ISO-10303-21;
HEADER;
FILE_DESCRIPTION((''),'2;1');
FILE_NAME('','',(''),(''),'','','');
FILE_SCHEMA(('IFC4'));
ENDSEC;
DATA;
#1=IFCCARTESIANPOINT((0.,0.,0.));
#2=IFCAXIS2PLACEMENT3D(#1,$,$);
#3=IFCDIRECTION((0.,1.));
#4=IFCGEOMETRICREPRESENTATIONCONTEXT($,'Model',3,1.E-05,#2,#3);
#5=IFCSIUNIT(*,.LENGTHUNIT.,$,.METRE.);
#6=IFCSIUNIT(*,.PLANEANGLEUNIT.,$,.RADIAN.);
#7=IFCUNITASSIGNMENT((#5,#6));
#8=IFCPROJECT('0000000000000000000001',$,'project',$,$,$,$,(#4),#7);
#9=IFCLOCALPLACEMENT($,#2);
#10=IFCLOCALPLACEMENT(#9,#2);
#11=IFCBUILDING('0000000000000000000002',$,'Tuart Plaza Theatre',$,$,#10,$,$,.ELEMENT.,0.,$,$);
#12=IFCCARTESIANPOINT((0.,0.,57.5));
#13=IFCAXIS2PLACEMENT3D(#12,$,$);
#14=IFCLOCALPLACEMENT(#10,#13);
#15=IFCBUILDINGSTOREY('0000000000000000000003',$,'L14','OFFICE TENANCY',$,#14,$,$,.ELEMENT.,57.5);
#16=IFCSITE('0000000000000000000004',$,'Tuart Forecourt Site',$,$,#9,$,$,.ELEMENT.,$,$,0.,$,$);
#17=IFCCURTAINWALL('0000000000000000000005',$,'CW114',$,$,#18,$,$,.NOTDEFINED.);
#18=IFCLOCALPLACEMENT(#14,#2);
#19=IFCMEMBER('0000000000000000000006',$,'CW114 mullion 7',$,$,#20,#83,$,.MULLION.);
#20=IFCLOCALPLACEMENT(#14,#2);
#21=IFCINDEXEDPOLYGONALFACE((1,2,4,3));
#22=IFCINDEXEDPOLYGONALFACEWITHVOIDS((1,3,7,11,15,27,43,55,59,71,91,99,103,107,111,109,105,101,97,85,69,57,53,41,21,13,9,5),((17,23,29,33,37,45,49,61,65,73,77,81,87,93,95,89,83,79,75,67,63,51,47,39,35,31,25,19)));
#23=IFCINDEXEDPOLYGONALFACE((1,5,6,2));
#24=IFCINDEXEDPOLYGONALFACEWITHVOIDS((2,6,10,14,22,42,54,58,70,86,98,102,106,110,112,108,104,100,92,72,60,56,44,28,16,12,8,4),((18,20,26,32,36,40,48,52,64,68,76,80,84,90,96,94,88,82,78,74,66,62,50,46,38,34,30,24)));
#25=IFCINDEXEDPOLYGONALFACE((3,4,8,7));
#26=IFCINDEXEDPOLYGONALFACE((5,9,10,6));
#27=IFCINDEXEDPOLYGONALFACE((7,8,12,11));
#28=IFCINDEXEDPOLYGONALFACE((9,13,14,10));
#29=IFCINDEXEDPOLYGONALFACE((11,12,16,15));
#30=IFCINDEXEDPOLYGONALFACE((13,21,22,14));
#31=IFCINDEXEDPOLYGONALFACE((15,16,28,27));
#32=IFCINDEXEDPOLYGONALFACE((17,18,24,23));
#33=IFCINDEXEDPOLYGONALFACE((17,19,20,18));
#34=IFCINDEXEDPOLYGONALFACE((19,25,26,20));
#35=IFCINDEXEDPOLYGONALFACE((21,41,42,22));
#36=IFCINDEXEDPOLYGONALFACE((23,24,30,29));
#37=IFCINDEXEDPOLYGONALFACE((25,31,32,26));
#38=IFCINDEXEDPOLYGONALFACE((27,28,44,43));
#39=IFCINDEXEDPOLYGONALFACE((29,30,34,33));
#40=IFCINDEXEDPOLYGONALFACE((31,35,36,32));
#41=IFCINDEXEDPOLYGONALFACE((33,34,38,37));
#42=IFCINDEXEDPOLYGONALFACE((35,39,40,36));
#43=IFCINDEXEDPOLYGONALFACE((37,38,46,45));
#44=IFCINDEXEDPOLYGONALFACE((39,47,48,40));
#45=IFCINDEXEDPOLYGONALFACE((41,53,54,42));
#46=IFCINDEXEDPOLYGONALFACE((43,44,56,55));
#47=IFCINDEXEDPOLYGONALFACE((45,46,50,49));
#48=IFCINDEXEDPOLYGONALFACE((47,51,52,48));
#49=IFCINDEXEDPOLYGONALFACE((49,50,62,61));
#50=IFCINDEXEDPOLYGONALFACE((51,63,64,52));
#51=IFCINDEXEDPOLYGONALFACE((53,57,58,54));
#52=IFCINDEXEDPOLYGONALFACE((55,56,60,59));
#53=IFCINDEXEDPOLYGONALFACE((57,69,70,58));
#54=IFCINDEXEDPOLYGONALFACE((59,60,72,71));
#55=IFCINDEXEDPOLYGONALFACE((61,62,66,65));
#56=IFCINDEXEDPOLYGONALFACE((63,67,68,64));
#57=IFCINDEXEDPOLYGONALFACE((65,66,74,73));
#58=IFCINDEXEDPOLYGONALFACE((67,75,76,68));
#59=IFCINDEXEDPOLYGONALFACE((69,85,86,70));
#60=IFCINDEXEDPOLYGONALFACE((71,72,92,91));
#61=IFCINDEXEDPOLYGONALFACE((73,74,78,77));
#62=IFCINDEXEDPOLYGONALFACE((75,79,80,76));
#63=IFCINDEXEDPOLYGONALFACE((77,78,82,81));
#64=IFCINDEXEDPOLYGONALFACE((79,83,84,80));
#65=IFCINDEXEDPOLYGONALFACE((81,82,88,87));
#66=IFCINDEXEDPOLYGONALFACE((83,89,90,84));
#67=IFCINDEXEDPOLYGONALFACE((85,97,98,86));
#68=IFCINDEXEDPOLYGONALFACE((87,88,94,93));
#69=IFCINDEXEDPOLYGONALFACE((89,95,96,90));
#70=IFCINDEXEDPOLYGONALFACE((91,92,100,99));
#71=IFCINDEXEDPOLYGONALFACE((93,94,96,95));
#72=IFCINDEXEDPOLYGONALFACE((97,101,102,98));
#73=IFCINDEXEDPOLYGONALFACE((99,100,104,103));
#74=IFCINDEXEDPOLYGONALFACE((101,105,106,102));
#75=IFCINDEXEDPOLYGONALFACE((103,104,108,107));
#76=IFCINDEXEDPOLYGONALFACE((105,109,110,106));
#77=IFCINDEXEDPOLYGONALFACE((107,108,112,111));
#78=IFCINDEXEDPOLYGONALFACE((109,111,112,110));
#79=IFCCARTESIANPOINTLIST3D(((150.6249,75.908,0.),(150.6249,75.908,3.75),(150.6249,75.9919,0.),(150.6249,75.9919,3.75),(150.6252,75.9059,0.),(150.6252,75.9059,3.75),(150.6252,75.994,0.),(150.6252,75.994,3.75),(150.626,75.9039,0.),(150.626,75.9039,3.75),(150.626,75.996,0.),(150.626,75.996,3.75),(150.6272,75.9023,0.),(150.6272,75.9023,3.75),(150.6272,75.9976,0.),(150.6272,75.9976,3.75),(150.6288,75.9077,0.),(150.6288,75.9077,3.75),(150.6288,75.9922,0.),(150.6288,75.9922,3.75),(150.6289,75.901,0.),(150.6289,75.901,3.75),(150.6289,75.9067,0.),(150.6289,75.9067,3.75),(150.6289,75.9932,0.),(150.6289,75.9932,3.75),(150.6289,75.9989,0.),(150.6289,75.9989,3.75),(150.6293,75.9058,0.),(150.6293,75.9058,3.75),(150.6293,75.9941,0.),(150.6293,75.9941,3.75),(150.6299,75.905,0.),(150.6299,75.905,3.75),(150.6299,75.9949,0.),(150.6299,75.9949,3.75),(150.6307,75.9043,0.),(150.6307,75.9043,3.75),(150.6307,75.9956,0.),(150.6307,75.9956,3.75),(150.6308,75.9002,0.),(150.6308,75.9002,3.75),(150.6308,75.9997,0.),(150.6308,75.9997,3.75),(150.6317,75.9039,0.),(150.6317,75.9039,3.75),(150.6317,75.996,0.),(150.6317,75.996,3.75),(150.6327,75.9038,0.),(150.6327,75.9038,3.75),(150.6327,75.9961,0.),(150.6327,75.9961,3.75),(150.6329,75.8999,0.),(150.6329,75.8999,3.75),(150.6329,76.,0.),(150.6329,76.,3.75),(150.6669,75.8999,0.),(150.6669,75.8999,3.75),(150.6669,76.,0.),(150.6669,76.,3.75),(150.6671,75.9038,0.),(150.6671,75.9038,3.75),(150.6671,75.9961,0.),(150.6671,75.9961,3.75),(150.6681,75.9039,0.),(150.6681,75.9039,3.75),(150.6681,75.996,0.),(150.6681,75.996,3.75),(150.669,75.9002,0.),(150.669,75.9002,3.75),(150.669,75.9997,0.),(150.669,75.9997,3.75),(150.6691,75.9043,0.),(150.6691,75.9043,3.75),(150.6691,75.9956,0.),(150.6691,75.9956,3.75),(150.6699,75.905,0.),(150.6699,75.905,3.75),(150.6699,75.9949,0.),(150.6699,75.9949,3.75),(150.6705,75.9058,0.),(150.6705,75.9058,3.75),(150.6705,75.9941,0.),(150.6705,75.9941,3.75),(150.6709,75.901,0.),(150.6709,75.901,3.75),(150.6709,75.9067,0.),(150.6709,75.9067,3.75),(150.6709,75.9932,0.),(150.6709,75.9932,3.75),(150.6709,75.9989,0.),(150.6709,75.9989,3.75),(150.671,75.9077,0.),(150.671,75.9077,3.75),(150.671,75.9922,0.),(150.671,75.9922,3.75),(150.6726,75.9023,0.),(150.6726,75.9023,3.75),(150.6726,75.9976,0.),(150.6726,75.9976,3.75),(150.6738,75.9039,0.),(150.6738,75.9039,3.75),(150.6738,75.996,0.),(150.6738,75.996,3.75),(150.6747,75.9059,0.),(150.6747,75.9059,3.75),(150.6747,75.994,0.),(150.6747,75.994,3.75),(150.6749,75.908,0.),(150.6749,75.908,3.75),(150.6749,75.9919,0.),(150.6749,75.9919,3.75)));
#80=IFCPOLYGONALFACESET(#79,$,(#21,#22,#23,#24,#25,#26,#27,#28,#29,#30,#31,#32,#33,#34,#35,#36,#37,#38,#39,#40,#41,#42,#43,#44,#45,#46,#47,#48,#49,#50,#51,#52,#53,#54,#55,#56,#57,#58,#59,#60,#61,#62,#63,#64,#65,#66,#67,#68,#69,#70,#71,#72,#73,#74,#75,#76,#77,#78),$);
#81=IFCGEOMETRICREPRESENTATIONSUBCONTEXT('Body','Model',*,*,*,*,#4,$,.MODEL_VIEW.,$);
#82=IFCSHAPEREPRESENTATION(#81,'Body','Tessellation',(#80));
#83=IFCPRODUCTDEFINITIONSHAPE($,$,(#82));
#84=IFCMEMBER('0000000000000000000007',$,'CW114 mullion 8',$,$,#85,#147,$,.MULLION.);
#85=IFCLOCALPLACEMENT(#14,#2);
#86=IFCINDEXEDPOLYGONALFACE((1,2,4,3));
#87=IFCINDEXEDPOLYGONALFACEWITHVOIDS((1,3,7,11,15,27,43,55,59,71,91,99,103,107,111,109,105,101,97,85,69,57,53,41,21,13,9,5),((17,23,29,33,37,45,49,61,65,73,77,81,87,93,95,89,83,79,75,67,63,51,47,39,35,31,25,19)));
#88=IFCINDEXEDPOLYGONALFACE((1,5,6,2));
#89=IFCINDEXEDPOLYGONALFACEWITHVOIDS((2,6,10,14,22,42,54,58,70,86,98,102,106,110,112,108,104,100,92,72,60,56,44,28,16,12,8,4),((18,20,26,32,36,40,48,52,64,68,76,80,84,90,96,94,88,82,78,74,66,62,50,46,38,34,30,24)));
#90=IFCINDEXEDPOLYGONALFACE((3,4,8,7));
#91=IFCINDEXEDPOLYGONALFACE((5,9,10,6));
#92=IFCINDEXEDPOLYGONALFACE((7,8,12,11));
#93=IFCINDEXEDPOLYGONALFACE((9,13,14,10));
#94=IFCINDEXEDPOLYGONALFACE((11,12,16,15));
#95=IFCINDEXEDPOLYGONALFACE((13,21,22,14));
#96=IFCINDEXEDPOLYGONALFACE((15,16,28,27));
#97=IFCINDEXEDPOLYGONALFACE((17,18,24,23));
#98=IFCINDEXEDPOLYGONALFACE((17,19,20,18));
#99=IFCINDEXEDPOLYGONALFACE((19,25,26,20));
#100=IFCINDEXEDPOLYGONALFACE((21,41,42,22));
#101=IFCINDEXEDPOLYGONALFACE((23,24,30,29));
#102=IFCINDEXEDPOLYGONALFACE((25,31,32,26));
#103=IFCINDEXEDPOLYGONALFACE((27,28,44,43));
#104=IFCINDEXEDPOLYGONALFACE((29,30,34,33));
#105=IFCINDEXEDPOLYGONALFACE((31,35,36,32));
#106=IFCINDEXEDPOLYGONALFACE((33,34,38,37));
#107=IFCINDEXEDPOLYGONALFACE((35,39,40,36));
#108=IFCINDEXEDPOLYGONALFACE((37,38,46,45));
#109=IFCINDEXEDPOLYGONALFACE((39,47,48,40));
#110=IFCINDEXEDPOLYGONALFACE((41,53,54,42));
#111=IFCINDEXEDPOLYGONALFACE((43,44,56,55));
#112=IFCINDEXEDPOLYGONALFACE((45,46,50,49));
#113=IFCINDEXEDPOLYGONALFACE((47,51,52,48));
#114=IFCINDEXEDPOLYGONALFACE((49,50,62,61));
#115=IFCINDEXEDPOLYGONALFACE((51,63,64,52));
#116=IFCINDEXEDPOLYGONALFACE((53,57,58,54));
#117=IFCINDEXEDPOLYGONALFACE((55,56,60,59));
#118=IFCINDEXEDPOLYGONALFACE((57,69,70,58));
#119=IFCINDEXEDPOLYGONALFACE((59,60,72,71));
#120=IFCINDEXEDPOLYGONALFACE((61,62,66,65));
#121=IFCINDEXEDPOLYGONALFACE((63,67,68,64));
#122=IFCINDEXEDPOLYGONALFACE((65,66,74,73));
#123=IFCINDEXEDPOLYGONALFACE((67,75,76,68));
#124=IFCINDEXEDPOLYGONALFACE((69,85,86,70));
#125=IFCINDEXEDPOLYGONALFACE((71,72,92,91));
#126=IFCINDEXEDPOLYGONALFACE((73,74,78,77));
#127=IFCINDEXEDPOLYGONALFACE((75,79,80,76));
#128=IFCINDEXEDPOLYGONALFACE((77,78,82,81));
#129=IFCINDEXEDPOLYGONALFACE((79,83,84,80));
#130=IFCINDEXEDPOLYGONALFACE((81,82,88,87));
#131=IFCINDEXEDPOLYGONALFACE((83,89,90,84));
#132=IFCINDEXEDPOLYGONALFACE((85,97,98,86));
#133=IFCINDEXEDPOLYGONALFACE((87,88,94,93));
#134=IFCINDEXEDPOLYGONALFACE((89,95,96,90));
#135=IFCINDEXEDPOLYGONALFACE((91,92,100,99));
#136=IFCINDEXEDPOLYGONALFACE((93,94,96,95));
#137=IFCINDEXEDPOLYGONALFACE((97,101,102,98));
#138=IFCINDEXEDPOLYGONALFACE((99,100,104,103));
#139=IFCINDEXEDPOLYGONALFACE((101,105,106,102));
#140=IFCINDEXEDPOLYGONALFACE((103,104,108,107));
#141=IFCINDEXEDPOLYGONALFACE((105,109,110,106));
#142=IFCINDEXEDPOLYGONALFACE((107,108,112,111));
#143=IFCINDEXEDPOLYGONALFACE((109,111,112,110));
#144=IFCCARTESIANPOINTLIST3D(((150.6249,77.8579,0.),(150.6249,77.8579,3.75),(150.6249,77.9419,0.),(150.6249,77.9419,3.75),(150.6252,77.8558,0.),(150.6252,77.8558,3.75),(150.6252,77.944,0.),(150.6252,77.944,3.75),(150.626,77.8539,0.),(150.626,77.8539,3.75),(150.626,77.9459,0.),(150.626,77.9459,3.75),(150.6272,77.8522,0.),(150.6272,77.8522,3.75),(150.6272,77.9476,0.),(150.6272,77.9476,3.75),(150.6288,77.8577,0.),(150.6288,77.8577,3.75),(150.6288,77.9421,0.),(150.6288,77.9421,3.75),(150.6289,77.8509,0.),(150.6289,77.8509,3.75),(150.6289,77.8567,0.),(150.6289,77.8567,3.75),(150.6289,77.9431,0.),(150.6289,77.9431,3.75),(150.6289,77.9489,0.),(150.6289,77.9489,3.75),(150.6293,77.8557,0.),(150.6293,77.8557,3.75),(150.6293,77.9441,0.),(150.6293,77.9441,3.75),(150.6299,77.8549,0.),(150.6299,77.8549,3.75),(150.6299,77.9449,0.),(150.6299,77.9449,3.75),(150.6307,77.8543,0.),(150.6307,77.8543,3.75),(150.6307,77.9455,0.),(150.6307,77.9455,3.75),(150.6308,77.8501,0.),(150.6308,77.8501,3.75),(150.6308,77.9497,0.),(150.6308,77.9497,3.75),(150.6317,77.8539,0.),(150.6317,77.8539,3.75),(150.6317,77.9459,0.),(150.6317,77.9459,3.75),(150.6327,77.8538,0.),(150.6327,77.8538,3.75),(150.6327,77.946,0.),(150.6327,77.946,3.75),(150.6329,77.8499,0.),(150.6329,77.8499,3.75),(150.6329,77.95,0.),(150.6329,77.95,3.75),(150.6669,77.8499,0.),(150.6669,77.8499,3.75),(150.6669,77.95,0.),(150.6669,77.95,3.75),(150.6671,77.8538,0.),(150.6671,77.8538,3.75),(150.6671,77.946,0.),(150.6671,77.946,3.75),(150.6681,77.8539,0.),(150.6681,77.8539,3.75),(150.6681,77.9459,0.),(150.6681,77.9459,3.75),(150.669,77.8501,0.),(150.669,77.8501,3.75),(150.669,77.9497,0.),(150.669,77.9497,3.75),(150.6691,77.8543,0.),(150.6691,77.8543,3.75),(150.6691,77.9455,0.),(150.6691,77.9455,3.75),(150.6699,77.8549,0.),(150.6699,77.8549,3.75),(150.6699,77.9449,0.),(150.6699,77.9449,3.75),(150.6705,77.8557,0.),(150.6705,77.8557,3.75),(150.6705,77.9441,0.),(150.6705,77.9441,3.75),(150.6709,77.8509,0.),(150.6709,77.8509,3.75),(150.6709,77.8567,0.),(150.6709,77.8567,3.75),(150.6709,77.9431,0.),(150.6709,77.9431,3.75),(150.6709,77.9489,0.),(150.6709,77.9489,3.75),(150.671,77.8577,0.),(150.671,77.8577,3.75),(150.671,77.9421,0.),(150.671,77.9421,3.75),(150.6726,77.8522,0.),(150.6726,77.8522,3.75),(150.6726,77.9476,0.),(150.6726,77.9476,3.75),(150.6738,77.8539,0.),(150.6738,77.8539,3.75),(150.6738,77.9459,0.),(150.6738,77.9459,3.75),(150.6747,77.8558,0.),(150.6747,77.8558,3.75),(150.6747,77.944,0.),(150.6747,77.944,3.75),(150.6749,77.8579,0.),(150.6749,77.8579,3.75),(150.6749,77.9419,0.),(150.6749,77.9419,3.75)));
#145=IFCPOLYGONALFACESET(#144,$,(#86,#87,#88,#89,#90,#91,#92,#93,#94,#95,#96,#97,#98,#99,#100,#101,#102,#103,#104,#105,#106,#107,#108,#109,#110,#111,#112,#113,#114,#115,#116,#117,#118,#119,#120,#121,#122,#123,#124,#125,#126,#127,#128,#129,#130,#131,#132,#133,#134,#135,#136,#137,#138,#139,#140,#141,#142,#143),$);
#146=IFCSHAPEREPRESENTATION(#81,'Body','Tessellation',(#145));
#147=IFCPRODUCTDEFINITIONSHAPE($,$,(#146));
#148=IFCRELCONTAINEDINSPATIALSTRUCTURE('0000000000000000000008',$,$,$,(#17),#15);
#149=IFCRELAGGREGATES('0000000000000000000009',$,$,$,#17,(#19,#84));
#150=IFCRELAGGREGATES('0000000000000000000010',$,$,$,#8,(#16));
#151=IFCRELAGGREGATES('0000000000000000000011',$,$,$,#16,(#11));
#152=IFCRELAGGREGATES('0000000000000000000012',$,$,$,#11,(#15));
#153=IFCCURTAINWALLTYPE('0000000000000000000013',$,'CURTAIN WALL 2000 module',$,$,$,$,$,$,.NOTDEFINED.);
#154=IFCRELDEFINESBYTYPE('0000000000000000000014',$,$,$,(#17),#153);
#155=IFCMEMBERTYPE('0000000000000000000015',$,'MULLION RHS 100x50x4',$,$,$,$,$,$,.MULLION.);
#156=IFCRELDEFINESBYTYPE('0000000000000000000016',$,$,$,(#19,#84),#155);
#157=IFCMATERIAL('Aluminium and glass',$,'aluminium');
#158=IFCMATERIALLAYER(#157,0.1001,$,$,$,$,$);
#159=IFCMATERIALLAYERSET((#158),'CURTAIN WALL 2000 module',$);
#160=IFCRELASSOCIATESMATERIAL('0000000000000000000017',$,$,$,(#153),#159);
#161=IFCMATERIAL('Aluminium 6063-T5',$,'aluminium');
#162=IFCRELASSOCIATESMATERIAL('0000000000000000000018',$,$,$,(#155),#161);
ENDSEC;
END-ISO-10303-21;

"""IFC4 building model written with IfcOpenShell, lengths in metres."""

from ifc_helpers import new_model, si_unit, direction, frame, origin, origin_2d, place, context, subcontext, project, spatial, hollow_rectangle, extrude, material, layer, layer_set, material_profile, profile_set, type_object, element, aggregate, save


model = new_model("IFC4")

# Units and contexts
model_context = context("Model", 3, precision=1e-05, world=origin(), true_north=direction((0.0, 1.0)))
body_context = subcontext(model_context, "Body", "Model", "MODEL_VIEW")
ifc_project = project(units=[si_unit("LENGTHUNIT", "METRE"), si_unit("PLANEANGLEUNIT", "RADIAN")], contexts=[model_context])

# Site, building, storey
site_placement = place(None, origin())
site = spatial("IfcSite", under=ifc_project, at=site_placement, Name="Tuart Forecourt Site", CompositionType="ELEMENT", RefElevation=0.0)
building_placement = place(site_placement, origin())
building = spatial("IfcBuilding", under=site, at=building_placement, Name="Tuart Plaza Theatre", CompositionType="ELEMENT", ElevationOfRefHeight=0.0)
storey_placement = place(building_placement, frame((0.0, 0.0, 57.5)))
storey = spatial("IfcBuildingStorey", under=building, at=storey_placement, Name="L14", Description="OFFICE TENANCY", CompositionType="ELEMENT", Elevation=57.5)

# Curtain wall, members
ifc_material_1 = material(Name="Aluminium and glass", Category="aluminium")
ifc_layer_1 = layer(ifc_material_1, 0.1001)
ifc_layer_set_1 = layer_set([ifc_layer_1], Name="CURTAIN WALL 2000 module")
curtain_wall_type = type_object("IfcCurtainWallType", Name="CURTAIN WALL 2000 module", PredefinedType="NOTDEFINED", material=ifc_layer_set_1)
curtain_wall_placement = place(storey_placement, origin())
curtain_wall = element("IfcCurtainWall", 1, at=curtain_wall_placement, inside=storey, type_object=curtain_wall_type, Name="CW114", PredefinedType="NOTDEFINED")
ifc_material_2 = material(Name="Aluminium 6063-T5", Category="aluminium")
ifc_material_profile_1 = material_profile(ifc_material_2, hollow_rectangle(XDim=0.05, YDim=0.1001, WallThickness=0.0039, InnerFilletRadius=0.0039, OuterFilletRadius=0.0081, at=origin_2d()), Name="RHS 100x50x4")
ifc_profile_set_1 = profile_set([ifc_material_profile_1], Name="Aluminium 6063-T5")
member_type_1 = type_object("IfcMemberType", Name="MULLION RHS 100x50x4", PredefinedType="MULLION", material=ifc_profile_set_1)
member_1_placement = place(storey_placement, frame((150.6499, 75.95, 0.0), z_axis=(0.0, 0.0, 1.0), x_axis=(-1.0, 0.0, 0.0)))
member_1 = element("IfcMember", 2, at=member_1_placement, type_object=member_type_1, Name="CW114 mullion 7", PredefinedType="MULLION", context=body_context, shape_type="SweptSolid", body=[
    extrude(hollow_rectangle(XDim=0.05, YDim=0.1001, WallThickness=0.0039, InnerFilletRadius=0.0039, OuterFilletRadius=0.0081, at=origin_2d()), origin(), (0.0, 0.0, 1.0), 3.75),
])
member_2_placement = place(storey_placement, frame((150.6499, 77.8999, 0.0), z_axis=(0.0, 0.0, 1.0), x_axis=(-1.0, 0.0, 0.0)))
member_2 = element("IfcMember", 3, at=member_2_placement, type_object=member_type_1, Name="CW114 mullion 8", PredefinedType="MULLION", context=body_context, shape_type="SweptSolid", body=[
    extrude(hollow_rectangle(XDim=0.05, YDim=0.1001, WallThickness=0.0039, InnerFilletRadius=0.0039, OuterFilletRadius=0.0081, at=origin_2d()), origin(), (0.0, 0.0, 1.0), 3.75),
])
aggregate(curtain_wall, [member_1, member_2])

save(model, "model.ifc")
